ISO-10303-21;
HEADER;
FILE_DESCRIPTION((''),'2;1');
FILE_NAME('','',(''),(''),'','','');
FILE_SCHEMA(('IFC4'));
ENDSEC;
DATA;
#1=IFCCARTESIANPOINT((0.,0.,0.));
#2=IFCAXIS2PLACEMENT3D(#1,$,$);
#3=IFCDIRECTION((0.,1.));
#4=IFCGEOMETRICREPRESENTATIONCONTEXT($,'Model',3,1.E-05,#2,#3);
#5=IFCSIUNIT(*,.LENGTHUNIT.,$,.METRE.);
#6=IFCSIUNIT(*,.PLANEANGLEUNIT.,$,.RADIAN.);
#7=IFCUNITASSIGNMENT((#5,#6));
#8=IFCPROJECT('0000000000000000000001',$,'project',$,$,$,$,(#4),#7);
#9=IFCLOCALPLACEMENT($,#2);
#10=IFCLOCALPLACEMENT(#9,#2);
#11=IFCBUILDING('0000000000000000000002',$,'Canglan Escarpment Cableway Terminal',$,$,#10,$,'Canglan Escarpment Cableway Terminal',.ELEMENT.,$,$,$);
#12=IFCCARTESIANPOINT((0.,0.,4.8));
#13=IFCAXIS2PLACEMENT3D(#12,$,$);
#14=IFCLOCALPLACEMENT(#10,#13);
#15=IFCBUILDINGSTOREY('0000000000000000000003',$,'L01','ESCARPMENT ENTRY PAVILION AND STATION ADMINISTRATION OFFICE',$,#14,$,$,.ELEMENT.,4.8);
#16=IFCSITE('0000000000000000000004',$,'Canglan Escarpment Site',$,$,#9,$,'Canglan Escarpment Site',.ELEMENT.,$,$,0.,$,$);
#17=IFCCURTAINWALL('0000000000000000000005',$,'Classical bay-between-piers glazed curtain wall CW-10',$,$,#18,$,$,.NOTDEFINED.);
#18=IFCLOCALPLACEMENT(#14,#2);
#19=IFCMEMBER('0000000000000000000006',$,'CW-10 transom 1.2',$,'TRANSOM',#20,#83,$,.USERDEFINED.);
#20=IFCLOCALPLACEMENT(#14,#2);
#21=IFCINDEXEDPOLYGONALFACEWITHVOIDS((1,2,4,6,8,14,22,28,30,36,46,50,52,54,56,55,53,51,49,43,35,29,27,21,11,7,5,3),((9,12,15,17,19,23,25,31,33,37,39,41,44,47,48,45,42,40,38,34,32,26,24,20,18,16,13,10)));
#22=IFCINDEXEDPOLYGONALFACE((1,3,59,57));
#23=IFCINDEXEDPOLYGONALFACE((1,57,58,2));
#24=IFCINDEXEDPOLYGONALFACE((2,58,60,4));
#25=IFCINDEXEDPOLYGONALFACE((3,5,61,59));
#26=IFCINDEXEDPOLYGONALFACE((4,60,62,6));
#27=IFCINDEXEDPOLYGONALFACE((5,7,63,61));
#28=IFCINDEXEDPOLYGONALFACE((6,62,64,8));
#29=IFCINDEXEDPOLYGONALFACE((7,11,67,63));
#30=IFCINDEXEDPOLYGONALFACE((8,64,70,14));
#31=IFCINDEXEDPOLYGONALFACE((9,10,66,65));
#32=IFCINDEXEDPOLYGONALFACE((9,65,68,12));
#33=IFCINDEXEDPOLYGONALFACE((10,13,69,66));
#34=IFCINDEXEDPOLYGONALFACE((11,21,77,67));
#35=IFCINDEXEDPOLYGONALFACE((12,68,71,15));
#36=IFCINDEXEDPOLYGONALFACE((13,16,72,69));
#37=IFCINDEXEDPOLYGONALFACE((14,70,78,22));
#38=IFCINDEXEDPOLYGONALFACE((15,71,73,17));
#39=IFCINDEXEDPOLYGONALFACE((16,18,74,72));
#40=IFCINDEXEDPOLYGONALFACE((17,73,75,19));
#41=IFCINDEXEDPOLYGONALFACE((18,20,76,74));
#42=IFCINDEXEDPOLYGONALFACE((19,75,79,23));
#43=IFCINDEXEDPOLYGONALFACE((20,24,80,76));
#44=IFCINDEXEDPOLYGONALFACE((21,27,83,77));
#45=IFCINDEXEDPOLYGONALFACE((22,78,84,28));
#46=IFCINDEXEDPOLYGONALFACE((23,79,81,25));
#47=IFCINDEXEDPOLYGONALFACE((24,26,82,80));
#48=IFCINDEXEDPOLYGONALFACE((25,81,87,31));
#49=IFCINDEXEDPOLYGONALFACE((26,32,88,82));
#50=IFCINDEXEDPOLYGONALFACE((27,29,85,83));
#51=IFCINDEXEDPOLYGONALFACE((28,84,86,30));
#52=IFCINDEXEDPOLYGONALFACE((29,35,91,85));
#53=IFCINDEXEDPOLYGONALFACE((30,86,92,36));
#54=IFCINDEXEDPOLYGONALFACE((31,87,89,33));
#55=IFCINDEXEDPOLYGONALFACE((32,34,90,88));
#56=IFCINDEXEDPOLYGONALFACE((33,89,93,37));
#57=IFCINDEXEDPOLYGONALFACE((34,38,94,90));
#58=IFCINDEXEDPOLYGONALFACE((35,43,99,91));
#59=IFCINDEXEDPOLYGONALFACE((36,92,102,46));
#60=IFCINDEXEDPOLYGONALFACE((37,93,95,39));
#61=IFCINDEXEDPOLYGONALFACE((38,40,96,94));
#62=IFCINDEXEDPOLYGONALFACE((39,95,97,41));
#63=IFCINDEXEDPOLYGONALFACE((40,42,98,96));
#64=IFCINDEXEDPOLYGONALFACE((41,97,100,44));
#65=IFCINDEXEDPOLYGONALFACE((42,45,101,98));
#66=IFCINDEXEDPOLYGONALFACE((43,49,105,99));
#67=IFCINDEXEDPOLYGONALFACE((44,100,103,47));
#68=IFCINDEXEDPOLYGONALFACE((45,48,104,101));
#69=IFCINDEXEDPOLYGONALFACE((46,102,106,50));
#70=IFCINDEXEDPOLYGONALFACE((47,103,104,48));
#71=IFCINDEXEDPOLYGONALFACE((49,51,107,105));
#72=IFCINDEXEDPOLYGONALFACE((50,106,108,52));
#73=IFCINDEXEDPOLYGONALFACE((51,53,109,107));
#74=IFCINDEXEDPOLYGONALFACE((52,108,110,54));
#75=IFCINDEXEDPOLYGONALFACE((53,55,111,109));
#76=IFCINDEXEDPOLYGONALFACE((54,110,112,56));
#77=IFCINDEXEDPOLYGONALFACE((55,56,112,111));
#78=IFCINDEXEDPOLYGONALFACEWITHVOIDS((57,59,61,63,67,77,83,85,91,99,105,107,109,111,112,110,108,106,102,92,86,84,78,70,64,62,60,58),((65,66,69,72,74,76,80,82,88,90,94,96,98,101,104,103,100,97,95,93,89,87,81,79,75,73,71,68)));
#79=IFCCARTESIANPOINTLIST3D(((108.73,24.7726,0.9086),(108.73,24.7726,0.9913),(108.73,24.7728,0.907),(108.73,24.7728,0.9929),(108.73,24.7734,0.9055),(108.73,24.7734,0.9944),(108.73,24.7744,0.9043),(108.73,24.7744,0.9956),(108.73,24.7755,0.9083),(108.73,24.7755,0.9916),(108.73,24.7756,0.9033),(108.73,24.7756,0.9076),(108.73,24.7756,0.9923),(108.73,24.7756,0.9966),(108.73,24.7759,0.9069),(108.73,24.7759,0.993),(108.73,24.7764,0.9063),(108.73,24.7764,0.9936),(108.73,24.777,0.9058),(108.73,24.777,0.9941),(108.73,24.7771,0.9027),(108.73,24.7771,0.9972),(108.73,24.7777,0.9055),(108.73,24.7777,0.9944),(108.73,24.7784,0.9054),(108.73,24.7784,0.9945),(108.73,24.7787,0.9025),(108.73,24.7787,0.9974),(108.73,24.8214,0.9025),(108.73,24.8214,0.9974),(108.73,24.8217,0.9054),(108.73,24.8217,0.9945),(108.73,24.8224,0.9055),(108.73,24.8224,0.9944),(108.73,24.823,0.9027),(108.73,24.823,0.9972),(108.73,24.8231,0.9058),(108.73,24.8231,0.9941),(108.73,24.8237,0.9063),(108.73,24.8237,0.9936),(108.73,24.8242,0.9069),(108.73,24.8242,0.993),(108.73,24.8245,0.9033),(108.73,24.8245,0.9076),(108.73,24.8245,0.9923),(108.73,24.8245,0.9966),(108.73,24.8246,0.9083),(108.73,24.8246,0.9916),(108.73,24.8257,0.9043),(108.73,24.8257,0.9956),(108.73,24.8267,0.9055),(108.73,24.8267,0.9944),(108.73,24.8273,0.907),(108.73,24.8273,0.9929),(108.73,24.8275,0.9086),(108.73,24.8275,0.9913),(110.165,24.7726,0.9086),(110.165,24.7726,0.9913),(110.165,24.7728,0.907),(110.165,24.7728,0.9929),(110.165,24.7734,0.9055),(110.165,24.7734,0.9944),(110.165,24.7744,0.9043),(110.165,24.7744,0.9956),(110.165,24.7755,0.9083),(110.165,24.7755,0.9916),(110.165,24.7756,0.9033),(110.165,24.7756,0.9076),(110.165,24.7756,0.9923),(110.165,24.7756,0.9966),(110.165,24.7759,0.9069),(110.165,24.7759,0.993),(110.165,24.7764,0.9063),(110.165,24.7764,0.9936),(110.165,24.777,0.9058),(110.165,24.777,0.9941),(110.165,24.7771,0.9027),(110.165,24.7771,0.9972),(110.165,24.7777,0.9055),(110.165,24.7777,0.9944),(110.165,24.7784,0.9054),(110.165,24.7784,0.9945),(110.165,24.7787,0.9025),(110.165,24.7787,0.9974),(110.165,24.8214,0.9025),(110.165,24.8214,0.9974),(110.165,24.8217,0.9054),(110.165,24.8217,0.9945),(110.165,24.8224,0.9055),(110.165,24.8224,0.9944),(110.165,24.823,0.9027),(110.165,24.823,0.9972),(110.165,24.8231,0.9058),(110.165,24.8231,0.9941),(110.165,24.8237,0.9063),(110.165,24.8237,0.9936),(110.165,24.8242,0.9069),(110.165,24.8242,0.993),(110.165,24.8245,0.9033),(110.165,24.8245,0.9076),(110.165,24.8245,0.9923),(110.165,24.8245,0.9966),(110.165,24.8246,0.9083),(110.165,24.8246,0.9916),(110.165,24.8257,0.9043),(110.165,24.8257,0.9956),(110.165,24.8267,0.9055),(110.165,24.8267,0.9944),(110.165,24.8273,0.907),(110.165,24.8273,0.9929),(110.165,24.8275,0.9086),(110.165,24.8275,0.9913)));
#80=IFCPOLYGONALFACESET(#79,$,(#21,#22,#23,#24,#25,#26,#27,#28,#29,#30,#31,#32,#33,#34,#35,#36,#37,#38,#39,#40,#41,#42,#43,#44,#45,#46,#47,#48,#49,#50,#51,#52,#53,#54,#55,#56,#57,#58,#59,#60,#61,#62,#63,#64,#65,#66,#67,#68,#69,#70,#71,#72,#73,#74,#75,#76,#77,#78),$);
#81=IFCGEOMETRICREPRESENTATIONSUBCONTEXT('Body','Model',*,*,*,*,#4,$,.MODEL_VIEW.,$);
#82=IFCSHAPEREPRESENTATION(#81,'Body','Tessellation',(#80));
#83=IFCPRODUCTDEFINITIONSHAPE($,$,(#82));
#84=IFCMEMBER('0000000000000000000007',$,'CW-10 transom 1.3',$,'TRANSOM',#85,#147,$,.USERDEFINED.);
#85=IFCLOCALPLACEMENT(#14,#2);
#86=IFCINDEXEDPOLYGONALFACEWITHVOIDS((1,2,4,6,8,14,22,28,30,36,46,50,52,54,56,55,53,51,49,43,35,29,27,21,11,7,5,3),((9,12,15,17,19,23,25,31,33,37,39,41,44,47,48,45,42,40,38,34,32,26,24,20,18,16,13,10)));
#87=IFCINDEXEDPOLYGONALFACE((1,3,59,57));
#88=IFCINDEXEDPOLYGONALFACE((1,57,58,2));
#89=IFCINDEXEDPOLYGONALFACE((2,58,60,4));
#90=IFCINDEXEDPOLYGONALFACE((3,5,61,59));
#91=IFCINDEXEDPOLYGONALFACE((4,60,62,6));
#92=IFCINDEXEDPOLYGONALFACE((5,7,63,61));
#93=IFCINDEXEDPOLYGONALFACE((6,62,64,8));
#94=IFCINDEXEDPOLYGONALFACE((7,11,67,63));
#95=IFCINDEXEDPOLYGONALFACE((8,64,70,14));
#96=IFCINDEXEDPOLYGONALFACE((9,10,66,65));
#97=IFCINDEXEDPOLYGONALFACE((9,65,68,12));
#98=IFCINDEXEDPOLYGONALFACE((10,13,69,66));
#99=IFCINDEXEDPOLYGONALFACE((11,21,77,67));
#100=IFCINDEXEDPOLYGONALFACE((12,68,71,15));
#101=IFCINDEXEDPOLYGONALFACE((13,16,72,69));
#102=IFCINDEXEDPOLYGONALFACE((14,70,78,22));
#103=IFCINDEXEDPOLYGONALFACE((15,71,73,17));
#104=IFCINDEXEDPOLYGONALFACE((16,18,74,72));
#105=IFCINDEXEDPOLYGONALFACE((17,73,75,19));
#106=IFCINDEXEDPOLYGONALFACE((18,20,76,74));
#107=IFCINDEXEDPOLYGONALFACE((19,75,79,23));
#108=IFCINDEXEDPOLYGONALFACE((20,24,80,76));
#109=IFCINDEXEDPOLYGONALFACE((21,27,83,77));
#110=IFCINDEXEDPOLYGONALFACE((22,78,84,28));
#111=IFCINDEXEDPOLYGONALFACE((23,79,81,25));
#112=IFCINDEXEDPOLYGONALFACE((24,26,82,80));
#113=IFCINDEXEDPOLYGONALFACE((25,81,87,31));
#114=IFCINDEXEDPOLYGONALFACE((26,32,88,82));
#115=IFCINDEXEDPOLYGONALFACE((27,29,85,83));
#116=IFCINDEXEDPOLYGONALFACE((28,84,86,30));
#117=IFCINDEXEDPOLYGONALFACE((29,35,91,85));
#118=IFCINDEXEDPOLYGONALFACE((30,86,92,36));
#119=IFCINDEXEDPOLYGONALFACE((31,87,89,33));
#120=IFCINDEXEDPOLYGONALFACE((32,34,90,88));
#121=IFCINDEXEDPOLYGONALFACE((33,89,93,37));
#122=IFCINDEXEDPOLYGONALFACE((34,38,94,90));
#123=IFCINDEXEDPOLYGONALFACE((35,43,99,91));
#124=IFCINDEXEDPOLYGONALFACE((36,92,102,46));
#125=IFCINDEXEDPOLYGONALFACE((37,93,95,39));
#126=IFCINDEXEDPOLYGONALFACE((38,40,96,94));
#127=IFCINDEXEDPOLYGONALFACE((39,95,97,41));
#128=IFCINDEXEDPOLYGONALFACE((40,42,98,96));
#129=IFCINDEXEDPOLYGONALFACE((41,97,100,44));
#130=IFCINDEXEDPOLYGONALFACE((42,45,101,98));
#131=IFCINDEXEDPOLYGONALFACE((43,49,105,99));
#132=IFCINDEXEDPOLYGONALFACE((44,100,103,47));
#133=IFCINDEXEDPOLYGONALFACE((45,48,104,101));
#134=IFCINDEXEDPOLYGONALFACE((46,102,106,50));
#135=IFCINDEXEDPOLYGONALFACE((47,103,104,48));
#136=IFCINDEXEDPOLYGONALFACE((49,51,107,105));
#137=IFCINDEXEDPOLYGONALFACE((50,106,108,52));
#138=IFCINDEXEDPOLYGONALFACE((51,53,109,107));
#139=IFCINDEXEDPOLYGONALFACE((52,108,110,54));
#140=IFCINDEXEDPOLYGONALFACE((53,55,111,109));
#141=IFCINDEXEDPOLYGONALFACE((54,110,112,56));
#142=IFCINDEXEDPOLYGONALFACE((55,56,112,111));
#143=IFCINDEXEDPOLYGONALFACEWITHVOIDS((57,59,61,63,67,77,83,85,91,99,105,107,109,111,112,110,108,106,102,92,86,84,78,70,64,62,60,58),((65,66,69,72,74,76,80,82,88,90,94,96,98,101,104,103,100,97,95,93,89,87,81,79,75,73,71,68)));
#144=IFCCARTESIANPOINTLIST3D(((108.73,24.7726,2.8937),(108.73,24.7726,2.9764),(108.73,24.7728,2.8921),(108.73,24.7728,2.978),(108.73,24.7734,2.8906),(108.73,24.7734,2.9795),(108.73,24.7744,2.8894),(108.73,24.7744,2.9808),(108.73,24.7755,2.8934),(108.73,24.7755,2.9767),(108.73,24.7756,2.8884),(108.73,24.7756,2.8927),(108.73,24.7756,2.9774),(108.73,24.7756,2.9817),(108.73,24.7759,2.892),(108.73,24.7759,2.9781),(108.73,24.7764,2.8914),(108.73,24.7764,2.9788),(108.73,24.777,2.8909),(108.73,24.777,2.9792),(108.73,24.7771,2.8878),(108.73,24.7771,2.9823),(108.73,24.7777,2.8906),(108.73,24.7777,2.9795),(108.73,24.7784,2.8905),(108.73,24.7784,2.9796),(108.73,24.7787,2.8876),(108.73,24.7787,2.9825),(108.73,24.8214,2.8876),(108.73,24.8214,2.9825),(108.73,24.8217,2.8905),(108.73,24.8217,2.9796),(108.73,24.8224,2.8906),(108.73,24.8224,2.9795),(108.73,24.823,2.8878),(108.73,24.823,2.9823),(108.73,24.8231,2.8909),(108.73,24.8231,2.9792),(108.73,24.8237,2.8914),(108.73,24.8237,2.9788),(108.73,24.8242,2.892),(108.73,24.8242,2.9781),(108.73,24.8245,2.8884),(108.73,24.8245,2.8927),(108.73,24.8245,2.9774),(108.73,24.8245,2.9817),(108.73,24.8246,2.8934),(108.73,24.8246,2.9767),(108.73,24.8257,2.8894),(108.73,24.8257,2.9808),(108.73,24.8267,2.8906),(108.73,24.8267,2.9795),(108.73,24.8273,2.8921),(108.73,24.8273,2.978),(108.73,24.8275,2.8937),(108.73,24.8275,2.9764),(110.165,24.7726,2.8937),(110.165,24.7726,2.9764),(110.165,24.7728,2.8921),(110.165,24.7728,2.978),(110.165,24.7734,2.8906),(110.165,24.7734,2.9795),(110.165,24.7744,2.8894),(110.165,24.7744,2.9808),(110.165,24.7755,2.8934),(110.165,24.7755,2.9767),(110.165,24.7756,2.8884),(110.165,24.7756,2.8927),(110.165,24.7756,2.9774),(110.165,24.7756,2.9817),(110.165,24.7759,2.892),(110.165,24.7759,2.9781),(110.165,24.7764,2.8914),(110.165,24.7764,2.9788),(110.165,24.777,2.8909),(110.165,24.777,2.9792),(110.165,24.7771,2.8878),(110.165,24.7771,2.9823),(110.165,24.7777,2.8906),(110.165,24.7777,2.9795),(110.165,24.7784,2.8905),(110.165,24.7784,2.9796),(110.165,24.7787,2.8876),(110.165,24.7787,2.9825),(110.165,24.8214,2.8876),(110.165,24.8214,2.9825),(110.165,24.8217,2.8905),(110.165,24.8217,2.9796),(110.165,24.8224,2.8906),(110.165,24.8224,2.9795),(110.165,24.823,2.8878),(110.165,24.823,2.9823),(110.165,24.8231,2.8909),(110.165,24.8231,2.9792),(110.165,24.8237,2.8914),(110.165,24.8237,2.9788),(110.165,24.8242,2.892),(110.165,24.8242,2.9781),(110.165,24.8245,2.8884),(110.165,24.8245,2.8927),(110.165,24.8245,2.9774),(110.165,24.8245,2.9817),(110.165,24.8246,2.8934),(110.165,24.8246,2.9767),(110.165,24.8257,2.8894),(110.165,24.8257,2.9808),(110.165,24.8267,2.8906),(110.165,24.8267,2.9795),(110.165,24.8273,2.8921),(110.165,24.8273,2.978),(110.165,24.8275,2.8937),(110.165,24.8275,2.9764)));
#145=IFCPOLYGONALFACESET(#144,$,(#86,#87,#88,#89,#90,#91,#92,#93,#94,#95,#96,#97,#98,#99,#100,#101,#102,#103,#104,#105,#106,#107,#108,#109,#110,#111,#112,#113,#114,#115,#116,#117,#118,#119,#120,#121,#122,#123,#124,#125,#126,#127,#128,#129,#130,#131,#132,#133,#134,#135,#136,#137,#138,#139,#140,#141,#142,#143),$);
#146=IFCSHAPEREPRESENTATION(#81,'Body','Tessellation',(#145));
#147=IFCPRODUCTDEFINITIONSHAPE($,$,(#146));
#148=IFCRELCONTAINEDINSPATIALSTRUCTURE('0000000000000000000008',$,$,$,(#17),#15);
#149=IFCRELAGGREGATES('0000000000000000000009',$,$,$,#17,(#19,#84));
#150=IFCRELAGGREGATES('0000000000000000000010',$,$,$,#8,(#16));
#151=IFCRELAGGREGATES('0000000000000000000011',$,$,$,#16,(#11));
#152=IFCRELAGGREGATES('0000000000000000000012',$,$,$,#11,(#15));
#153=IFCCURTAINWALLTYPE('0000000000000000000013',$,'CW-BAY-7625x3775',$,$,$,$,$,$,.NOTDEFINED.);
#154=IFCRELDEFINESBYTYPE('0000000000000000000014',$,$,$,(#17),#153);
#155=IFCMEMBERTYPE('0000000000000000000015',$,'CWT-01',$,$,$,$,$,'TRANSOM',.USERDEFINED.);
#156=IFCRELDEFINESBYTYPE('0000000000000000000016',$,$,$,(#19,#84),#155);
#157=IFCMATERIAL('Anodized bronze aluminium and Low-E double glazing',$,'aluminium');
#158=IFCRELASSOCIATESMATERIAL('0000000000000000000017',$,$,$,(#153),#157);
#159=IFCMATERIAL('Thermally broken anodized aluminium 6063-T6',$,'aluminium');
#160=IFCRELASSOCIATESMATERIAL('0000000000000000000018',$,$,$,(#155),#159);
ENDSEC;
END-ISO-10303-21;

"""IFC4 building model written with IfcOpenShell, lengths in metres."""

from ifc_helpers import new_model, si_unit, direction, frame, origin, origin_2d, place, context, subcontext, project, spatial, hollow_rectangle, extrude, material, material_profile, profile_set, type_object, element, aggregate, save


model = new_model("IFC4")

# Units and contexts
model_context = context("Model", 3, precision=1e-05, world=origin(), true_north=direction((0.0, 1.0)))
body_context = subcontext(model_context, "Body", "Model", "MODEL_VIEW")
ifc_project = project(units=[si_unit("LENGTHUNIT", "METRE"), si_unit("PLANEANGLEUNIT", "RADIAN")], contexts=[model_context])

# Site, building, storey
site_placement = place(None, origin())
site = spatial("IfcSite", under=ifc_project, at=site_placement, Name="Canglan Escarpment Site", LongName="Canglan Escarpment Site", CompositionType="ELEMENT", RefElevation=0.0)
building_placement = place(site_placement, origin())
building = spatial("IfcBuilding", under=site, at=building_placement, Name="Canglan Escarpment Cableway Terminal", LongName="Canglan Escarpment Cableway Terminal", CompositionType="ELEMENT")
storey_placement = place(building_placement, frame((0.0, 0.0, 4.8)))
storey = spatial("IfcBuildingStorey", under=building, at=storey_placement, Name="L01", Description="ESCARPMENT ENTRY PAVILION AND STATION ADMINISTRATION OFFICE", CompositionType="ELEMENT", Elevation=4.8)

# Curtain wall, members
ifc_material_1 = material(Name="Anodized bronze aluminium and Low-E double glazing", Category="aluminium")
curtain_wall_type = type_object("IfcCurtainWallType", Name="CW-BAY-7625x3775", PredefinedType="NOTDEFINED", material=ifc_material_1)
curtain_wall_placement = place(storey_placement, origin())
curtain_wall = element("IfcCurtainWall", 1, at=curtain_wall_placement, inside=storey, type_object=curtain_wall_type, Name="Classical bay-between-piers glazed curtain wall CW-10", PredefinedType="NOTDEFINED")
ifc_material_2 = material(Name="Thermally broken anodized aluminium 6063-T6", Category="aluminium")
ifc_material_profile_1 = material_profile(ifc_material_2, hollow_rectangle(XDim=0.0549, YDim=0.095, WallThickness=0.0029, InnerFilletRadius=0.0029, OuterFilletRadius=0.0061, at=origin_2d()), Name="ALU-TRAN 55x95x3")
ifc_profile_set_1 = profile_set([ifc_material_profile_1], Name="Thermally broken anodized aluminium 6063-T6")
member_type_1 = type_object("IfcMemberType", Name="CWT-01", ElementType="TRANSOM", PredefinedType="USERDEFINED", material=ifc_profile_set_1)
member_1_placement = place(storey_placement, frame((110.165, 24.8, 0.95), z_axis=(-1.0, 0.0, 0.0), x_axis=(0.0, -1.0, 0.0)))
member_1 = element("IfcMember", 2, at=member_1_placement, type_object=member_type_1, Name="CW-10 transom 1.2", ObjectType="TRANSOM", PredefinedType="USERDEFINED", context=body_context, shape_type="SweptSolid", body=[
    extrude(hollow_rectangle(XDim=0.0549, YDim=0.095, WallThickness=0.0029, InnerFilletRadius=0.0029, OuterFilletRadius=0.0061, at=origin_2d()), origin(), (0.0, 0.0, 1.0), 1.4351),
])
member_2_placement = place(storey_placement, frame((110.165, 24.8, 2.9351), z_axis=(-1.0, 0.0, 0.0), x_axis=(0.0, -1.0, 0.0)))
member_2 = element("IfcMember", 3, at=member_2_placement, type_object=member_type_1, Name="CW-10 transom 1.3", ObjectType="TRANSOM", PredefinedType="USERDEFINED", context=body_context, shape_type="SweptSolid", body=[
    extrude(hollow_rectangle(XDim=0.0549, YDim=0.095, WallThickness=0.0029, InnerFilletRadius=0.0029, OuterFilletRadius=0.0061, at=origin_2d()), origin(), (0.0, 0.0, 1.0), 1.4351),
])
aggregate(curtain_wall, [member_1, member_2])

save(model, "model.ifc")
